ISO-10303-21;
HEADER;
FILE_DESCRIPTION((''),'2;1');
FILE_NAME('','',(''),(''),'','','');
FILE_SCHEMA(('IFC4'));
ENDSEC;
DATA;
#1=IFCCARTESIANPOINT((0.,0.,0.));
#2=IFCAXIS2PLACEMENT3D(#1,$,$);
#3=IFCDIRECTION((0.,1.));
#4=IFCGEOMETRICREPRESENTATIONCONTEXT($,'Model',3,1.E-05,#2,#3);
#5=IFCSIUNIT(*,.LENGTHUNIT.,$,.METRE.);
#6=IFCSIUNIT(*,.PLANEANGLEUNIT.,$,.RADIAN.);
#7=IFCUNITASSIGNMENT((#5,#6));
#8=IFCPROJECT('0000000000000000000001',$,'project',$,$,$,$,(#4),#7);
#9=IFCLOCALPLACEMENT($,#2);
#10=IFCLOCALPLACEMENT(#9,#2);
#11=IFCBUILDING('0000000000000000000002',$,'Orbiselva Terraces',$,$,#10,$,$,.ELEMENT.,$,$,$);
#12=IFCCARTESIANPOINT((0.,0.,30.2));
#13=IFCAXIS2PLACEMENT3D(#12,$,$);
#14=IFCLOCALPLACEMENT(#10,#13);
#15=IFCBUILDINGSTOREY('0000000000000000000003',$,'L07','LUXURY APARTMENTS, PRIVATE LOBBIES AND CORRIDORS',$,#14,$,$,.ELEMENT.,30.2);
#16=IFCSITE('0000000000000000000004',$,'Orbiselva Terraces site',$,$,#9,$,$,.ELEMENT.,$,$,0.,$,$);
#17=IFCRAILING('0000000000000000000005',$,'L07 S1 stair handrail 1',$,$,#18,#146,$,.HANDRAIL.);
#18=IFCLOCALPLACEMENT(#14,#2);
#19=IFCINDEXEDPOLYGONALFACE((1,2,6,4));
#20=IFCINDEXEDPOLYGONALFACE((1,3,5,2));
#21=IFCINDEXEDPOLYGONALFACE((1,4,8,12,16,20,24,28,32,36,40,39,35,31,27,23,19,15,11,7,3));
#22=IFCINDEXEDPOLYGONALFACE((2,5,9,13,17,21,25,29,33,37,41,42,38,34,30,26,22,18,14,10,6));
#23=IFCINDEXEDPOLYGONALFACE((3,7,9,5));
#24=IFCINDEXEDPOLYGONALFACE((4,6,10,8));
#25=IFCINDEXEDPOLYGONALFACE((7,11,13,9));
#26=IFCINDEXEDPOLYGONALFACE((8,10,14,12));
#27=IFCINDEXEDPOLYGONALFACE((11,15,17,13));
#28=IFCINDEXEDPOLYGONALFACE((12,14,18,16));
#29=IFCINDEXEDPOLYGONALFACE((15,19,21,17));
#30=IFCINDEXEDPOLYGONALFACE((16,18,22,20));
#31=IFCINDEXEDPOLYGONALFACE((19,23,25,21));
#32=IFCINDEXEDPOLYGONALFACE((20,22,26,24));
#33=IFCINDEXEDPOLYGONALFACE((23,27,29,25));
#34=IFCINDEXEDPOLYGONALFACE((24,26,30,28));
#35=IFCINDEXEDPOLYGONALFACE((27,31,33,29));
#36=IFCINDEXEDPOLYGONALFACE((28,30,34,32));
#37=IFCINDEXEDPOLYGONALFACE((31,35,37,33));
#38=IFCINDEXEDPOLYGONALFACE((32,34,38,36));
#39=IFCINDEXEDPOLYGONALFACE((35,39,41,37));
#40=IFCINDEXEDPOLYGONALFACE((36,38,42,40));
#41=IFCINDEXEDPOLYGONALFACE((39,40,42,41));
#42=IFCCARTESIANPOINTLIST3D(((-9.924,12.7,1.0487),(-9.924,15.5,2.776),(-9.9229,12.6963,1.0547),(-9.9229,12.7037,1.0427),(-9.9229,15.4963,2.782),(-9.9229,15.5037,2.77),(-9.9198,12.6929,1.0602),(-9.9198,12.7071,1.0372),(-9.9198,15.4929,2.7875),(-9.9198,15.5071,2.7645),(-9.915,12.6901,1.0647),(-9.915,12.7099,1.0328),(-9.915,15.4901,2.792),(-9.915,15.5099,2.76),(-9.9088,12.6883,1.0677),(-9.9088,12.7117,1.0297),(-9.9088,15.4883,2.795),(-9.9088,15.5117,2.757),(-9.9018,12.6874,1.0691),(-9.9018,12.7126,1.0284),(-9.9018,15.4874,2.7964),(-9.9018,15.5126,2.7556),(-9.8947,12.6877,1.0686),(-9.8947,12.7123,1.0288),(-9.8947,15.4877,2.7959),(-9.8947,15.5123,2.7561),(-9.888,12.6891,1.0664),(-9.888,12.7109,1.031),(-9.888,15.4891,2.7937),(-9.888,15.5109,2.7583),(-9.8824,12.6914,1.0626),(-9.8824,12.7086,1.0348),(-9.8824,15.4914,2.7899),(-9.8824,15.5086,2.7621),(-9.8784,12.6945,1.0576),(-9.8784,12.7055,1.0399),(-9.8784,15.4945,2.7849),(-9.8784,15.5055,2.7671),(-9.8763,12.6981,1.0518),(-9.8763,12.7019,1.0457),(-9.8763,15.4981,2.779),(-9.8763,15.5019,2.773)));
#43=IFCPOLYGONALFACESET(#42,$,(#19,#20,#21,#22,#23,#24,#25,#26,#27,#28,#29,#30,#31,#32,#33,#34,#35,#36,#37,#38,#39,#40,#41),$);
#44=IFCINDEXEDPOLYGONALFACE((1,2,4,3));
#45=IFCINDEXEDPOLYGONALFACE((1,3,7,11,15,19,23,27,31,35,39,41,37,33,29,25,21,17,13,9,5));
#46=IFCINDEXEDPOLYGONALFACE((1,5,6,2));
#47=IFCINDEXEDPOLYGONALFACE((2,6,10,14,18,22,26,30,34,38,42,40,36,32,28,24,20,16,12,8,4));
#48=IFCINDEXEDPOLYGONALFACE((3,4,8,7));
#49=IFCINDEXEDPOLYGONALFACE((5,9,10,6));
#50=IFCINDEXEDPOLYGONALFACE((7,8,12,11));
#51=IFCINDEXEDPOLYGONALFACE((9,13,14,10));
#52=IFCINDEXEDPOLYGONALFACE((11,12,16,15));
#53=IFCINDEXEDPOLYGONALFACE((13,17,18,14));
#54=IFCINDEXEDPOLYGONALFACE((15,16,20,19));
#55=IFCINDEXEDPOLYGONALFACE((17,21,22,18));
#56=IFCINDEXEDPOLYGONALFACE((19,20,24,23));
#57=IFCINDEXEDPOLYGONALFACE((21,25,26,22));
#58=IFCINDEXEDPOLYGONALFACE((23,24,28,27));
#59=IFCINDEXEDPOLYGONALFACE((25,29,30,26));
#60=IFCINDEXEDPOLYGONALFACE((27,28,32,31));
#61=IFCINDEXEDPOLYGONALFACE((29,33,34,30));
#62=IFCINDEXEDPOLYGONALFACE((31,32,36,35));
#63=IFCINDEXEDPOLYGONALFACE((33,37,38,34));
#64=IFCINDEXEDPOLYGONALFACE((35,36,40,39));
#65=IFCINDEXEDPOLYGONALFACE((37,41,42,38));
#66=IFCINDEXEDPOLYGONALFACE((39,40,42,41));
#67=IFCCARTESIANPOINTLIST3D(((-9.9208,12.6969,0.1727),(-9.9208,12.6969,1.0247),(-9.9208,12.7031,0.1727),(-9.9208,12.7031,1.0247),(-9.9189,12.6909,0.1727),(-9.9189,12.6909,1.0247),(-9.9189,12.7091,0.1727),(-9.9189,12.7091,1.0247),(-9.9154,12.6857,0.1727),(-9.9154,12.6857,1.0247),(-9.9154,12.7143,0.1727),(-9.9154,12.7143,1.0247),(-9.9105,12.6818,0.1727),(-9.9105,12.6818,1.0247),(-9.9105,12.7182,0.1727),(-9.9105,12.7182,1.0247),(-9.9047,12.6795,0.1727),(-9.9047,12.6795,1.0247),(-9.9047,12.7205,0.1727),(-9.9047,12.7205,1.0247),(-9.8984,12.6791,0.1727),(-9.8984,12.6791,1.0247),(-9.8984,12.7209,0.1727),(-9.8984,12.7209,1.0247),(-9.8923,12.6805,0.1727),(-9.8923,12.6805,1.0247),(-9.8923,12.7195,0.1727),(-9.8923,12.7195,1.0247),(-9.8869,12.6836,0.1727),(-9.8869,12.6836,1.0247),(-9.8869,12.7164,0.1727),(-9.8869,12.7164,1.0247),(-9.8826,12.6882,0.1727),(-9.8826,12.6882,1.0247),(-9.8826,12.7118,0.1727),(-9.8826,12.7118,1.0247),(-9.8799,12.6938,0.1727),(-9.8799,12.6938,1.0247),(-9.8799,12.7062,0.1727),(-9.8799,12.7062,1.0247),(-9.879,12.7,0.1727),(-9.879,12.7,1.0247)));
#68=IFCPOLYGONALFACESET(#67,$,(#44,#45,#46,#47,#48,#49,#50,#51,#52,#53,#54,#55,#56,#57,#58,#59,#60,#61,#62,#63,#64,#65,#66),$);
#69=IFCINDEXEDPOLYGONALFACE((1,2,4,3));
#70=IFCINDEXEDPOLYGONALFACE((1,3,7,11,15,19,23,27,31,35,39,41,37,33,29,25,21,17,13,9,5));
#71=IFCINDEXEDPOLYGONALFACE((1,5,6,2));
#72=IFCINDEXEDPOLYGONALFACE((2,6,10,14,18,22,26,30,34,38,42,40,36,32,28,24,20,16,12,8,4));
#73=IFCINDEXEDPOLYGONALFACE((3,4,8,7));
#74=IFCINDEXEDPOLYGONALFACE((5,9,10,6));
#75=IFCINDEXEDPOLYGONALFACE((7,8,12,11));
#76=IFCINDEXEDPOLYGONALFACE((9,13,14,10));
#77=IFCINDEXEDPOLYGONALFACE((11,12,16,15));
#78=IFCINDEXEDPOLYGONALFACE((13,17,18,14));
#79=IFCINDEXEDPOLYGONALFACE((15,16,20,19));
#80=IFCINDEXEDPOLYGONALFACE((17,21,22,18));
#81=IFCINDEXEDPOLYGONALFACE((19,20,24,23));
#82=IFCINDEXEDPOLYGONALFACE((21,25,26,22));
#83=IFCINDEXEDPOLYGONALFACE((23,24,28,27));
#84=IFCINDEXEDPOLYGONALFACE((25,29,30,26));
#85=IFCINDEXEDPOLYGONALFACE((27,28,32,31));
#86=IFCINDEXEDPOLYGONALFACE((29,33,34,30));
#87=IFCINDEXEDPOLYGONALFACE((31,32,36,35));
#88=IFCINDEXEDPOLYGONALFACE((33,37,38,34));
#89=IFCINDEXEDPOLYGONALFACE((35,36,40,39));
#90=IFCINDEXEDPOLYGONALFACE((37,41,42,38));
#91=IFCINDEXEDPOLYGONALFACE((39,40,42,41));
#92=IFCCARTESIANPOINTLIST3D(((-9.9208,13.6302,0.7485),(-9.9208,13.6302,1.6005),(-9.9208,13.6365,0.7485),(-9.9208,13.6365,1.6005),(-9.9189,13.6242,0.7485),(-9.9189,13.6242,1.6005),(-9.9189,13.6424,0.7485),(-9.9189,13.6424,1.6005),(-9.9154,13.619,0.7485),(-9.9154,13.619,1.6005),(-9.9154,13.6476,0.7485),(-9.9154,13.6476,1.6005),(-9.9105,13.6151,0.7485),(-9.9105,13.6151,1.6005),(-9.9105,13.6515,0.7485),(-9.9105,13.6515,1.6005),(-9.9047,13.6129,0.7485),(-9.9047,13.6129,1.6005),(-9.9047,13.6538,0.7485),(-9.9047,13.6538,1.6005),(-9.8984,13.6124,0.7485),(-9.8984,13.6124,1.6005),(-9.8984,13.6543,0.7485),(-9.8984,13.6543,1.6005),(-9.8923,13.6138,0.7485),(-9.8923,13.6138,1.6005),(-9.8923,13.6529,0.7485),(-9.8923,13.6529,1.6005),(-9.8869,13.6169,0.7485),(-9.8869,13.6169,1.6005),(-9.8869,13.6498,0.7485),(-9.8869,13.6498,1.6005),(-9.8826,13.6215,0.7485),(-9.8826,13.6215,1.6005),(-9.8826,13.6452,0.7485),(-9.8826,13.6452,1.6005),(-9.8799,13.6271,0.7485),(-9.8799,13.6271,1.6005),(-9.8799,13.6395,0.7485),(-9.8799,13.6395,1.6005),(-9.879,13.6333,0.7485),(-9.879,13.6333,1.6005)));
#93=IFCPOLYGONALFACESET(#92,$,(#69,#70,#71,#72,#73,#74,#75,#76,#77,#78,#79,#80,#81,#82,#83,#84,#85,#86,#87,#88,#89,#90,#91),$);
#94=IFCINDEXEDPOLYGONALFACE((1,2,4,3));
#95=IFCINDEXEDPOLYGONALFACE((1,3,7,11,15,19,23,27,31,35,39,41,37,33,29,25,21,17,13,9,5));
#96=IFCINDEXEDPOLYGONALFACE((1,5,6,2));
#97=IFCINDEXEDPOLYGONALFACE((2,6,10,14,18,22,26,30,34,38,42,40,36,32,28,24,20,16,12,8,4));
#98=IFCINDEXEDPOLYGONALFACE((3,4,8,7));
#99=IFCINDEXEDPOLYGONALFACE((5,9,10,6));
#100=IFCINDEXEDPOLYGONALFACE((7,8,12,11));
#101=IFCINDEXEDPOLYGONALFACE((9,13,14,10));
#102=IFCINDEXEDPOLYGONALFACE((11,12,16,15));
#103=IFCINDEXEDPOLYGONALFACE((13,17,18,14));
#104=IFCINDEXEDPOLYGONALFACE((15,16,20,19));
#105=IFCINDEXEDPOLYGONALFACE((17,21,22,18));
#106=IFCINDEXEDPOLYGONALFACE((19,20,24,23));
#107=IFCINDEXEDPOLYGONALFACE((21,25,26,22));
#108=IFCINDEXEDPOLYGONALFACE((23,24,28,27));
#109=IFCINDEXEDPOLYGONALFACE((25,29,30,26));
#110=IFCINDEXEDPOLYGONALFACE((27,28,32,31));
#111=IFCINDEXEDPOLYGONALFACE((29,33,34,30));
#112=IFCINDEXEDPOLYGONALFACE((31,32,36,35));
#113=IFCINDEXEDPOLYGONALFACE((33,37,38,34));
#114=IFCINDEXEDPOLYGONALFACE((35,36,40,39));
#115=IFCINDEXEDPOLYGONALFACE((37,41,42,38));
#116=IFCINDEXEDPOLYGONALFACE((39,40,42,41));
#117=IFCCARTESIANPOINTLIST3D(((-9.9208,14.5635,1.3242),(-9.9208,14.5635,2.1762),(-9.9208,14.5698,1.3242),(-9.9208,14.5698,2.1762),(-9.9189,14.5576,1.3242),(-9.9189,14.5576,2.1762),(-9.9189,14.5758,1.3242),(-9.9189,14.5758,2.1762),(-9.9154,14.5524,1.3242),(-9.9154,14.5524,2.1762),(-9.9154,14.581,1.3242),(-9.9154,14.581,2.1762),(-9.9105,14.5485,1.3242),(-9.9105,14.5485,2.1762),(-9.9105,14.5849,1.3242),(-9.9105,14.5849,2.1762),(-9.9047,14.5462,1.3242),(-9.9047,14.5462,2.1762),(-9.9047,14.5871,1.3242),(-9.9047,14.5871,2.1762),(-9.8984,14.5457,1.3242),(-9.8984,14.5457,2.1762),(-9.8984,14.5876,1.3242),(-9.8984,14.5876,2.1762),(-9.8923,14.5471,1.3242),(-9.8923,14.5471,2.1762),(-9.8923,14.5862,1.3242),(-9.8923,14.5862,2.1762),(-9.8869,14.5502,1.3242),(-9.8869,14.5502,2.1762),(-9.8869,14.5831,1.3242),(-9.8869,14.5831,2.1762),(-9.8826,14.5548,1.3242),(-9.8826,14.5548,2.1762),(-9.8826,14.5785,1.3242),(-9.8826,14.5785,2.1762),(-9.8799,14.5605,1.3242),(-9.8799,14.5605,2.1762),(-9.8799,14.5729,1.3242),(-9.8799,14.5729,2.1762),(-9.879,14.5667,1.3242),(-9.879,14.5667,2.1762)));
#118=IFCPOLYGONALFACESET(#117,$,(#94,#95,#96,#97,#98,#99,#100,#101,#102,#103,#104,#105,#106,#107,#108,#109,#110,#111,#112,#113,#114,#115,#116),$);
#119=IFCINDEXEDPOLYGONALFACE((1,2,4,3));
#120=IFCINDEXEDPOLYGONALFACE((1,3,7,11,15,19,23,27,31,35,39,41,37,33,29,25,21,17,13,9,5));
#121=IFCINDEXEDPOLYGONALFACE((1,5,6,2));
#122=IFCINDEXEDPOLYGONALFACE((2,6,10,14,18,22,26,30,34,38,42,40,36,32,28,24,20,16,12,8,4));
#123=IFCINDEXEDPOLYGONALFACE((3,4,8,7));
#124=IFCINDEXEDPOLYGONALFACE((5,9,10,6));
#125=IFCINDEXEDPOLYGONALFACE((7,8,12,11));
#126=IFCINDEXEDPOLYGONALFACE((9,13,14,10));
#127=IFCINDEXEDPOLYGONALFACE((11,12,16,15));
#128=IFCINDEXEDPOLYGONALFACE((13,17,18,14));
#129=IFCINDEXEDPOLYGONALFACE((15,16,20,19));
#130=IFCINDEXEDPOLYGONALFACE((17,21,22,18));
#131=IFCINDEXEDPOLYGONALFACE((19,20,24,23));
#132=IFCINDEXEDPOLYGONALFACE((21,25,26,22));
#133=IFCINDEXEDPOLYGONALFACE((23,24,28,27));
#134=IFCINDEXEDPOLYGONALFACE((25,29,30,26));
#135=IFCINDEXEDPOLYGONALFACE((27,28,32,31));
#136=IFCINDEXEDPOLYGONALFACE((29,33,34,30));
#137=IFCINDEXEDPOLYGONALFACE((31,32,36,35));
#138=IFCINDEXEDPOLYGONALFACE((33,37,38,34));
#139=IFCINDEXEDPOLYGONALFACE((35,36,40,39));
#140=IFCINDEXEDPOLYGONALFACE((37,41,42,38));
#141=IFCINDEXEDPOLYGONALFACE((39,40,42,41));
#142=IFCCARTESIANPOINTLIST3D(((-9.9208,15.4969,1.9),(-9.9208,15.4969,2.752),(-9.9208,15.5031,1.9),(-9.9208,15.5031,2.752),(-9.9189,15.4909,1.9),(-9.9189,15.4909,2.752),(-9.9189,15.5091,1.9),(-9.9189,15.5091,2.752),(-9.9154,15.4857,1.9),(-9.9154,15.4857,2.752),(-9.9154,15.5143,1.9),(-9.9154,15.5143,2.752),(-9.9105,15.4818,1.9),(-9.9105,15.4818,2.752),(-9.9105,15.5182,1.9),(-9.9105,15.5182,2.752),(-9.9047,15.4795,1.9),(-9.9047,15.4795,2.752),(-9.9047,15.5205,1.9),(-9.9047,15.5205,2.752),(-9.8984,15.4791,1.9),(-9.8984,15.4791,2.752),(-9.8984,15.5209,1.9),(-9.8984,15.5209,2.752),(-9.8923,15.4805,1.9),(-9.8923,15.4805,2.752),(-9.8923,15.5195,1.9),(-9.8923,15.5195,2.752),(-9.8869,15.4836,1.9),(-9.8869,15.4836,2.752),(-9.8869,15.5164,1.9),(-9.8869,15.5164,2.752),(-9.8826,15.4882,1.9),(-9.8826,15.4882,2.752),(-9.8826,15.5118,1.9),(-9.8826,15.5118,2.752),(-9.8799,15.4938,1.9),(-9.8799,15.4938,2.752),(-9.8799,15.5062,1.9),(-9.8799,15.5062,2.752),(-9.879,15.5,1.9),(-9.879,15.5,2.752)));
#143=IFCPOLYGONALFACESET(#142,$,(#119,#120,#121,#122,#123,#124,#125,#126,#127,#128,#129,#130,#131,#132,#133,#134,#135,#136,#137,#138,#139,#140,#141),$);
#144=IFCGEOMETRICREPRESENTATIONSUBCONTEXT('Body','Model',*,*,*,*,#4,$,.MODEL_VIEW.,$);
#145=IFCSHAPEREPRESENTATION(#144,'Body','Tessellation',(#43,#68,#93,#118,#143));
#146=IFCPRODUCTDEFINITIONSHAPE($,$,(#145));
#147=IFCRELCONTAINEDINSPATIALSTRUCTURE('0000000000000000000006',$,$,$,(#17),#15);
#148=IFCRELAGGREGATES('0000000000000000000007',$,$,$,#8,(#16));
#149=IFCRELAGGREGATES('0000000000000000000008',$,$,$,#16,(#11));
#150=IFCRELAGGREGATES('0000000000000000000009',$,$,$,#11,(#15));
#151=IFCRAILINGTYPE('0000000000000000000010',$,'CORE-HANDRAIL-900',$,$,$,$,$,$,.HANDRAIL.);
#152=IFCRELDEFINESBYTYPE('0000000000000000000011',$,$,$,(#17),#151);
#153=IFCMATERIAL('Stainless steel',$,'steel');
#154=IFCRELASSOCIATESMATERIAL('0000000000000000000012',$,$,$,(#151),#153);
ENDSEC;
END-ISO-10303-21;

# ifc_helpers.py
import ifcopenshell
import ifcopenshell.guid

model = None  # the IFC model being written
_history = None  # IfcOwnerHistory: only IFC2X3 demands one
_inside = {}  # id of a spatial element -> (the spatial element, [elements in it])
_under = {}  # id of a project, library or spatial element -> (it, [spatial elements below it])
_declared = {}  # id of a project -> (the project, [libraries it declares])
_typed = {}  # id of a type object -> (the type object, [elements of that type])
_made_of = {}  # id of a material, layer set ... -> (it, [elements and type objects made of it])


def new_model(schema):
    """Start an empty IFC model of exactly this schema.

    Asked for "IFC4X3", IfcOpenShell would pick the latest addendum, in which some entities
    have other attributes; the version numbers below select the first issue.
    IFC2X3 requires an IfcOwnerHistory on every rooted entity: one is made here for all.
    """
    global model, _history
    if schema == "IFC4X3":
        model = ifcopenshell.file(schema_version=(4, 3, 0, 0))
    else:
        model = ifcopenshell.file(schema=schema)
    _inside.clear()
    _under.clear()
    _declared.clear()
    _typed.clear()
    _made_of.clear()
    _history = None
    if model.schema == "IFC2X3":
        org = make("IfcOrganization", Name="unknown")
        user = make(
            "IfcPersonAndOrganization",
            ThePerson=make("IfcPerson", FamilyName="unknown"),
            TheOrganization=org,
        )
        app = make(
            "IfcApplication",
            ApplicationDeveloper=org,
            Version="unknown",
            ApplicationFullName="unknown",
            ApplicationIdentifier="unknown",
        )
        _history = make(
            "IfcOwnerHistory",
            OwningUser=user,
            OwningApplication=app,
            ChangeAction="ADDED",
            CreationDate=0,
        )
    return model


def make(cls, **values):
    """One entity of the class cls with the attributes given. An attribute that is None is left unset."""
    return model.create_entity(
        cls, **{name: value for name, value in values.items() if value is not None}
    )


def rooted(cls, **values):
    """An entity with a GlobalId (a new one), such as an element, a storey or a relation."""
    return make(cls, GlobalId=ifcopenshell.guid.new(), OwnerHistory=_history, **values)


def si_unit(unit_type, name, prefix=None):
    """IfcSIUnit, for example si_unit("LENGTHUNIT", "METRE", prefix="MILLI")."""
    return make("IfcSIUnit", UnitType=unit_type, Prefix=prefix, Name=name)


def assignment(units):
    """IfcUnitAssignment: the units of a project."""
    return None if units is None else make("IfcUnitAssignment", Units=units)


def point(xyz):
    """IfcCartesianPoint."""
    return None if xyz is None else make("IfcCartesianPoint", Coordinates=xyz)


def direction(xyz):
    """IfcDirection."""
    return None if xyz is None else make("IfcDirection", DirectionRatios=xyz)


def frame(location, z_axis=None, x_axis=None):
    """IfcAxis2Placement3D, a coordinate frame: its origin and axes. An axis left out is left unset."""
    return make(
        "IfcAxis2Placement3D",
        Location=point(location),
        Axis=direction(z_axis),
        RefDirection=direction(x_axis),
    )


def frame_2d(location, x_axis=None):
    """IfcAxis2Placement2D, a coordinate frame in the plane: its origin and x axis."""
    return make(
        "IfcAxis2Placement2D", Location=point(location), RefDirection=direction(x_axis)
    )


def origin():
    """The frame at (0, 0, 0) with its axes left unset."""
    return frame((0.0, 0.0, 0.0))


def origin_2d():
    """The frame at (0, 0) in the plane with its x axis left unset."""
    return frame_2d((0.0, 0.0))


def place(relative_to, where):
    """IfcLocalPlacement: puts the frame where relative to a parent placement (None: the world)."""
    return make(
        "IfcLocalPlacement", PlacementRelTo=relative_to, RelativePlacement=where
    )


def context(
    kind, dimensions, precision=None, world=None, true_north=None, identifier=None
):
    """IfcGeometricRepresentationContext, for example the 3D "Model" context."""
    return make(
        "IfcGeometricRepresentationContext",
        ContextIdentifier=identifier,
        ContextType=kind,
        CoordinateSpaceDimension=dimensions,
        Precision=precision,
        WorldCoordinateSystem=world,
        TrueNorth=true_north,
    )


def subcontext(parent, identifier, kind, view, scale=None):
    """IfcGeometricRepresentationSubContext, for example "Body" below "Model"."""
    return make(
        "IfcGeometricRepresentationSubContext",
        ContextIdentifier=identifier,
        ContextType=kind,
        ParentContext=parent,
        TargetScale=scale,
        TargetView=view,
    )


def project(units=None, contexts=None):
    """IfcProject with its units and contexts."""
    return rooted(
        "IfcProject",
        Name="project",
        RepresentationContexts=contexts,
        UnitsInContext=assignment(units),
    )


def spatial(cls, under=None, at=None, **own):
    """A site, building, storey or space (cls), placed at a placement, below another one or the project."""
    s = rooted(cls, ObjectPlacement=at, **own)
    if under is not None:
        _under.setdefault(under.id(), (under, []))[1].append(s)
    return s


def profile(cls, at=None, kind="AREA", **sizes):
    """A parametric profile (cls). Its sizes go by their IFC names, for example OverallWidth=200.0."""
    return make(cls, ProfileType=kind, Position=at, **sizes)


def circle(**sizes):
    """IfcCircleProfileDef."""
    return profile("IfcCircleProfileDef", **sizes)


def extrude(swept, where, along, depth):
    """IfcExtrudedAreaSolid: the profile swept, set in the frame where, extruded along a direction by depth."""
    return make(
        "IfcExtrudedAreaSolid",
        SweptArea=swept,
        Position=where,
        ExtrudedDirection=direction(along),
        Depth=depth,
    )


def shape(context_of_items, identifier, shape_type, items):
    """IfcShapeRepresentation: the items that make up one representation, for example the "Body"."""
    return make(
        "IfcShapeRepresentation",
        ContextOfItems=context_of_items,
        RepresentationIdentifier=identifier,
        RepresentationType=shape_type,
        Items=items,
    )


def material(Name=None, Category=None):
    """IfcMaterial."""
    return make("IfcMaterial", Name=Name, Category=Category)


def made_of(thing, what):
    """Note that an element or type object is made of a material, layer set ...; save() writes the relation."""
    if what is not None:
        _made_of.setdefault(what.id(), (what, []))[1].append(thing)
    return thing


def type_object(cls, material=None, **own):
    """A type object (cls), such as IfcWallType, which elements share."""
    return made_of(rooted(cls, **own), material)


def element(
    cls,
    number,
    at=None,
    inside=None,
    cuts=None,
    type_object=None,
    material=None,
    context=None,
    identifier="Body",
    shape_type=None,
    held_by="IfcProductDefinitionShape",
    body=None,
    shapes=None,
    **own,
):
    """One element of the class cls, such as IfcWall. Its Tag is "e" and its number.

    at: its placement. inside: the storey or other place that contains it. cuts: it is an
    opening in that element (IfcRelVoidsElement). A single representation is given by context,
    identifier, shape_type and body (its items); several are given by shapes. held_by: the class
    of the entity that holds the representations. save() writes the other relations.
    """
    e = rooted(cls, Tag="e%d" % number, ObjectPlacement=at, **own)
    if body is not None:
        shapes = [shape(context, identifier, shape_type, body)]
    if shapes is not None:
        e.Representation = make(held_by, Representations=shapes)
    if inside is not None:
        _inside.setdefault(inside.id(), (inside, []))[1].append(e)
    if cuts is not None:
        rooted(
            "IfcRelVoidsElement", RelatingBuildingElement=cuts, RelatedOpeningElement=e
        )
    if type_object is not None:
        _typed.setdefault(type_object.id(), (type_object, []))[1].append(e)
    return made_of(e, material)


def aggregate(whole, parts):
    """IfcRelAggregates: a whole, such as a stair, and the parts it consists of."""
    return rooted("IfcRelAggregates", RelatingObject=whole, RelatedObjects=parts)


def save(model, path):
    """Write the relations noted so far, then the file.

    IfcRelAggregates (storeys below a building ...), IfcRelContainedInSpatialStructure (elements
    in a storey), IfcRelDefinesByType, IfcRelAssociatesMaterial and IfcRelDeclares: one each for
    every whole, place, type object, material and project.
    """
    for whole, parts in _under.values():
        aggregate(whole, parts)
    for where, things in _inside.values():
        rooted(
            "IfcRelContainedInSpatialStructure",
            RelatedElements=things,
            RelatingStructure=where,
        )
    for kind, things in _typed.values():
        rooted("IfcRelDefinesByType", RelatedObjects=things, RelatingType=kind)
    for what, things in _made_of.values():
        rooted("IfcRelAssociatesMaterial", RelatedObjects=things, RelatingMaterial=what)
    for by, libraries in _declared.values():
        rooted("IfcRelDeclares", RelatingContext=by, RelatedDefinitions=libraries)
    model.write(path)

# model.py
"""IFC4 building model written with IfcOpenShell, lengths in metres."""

from ifc_helpers import new_model, si_unit, direction, frame, origin, origin_2d, place, context, subcontext, project, spatial, circle, extrude, material, type_object, element, save


model = new_model("IFC4")

# Units and contexts
model_context = context("Model", 3, precision=1e-05, world=origin(), true_north=direction((0.0, 1.0)))
body_context = subcontext(model_context, "Body", "Model", "MODEL_VIEW")
ifc_project = project(units=[si_unit("LENGTHUNIT", "METRE"), si_unit("PLANEANGLEUNIT", "RADIAN")], contexts=[model_context])

# Site, building, storey
site_placement = place(None, origin())
site = spatial("IfcSite", under=ifc_project, at=site_placement, Name="Orbiselva Terraces site", CompositionType="ELEMENT", RefElevation=0.0)
building_placement = place(site_placement, origin())
building = spatial("IfcBuilding", under=site, at=building_placement, Name="Orbiselva Terraces", CompositionType="ELEMENT")
storey_placement = place(building_placement, frame((0.0, 0.0, 30.2)))
storey = spatial("IfcBuildingStorey", under=building, at=storey_placement, Name="L07", Description="LUXURY APARTMENTS, PRIVATE LOBBIES AND CORRIDORS", CompositionType="ELEMENT", Elevation=30.2)

# Railing
ifc_material_1 = material(Name="Stainless steel", Category="steel")
railing_type = type_object("IfcRailingType", Name="CORE-HANDRAIL-900", PredefinedType="HANDRAIL", material=ifc_material_1)
railing_1_placement = place(storey_placement, frame((-9.9, 12.7, 0.1727)))
element("IfcRailing", 1, at=railing_1_placement, inside=storey, type_object=railing_type, Name="L07 S1 stair handrail 1", PredefinedType="HANDRAIL", context=body_context, shape_type="SweptSolid", body=[
    extrude(circle(Radius=0.024, at=origin_2d()), frame((0.0, 0.0, 0.876), z_axis=(0.0, 0.851089, 0.525022), x_axis=(-1.0, 0.0, 0.0)), (0.0, 0.0, 1.0), 3.2899),
    extrude(circle(Radius=0.021, at=origin_2d()), origin(), (0.0, 0.0, 1.0), 0.852),
    extrude(circle(Radius=0.021, at=origin_2d()), frame((0.0, 0.9333, 0.5758)), (0.0, 0.0, 1.0), 0.852),
    extrude(circle(Radius=0.021, at=origin_2d()), frame((0.0, 1.8667, 1.1515)), (0.0, 0.0, 1.0), 0.852),
    extrude(circle(Radius=0.021, at=origin_2d()), frame((0.0, 2.8, 1.7273)), (0.0, 0.0, 1.0), 0.852),
])

save(model, "model.ifc")
